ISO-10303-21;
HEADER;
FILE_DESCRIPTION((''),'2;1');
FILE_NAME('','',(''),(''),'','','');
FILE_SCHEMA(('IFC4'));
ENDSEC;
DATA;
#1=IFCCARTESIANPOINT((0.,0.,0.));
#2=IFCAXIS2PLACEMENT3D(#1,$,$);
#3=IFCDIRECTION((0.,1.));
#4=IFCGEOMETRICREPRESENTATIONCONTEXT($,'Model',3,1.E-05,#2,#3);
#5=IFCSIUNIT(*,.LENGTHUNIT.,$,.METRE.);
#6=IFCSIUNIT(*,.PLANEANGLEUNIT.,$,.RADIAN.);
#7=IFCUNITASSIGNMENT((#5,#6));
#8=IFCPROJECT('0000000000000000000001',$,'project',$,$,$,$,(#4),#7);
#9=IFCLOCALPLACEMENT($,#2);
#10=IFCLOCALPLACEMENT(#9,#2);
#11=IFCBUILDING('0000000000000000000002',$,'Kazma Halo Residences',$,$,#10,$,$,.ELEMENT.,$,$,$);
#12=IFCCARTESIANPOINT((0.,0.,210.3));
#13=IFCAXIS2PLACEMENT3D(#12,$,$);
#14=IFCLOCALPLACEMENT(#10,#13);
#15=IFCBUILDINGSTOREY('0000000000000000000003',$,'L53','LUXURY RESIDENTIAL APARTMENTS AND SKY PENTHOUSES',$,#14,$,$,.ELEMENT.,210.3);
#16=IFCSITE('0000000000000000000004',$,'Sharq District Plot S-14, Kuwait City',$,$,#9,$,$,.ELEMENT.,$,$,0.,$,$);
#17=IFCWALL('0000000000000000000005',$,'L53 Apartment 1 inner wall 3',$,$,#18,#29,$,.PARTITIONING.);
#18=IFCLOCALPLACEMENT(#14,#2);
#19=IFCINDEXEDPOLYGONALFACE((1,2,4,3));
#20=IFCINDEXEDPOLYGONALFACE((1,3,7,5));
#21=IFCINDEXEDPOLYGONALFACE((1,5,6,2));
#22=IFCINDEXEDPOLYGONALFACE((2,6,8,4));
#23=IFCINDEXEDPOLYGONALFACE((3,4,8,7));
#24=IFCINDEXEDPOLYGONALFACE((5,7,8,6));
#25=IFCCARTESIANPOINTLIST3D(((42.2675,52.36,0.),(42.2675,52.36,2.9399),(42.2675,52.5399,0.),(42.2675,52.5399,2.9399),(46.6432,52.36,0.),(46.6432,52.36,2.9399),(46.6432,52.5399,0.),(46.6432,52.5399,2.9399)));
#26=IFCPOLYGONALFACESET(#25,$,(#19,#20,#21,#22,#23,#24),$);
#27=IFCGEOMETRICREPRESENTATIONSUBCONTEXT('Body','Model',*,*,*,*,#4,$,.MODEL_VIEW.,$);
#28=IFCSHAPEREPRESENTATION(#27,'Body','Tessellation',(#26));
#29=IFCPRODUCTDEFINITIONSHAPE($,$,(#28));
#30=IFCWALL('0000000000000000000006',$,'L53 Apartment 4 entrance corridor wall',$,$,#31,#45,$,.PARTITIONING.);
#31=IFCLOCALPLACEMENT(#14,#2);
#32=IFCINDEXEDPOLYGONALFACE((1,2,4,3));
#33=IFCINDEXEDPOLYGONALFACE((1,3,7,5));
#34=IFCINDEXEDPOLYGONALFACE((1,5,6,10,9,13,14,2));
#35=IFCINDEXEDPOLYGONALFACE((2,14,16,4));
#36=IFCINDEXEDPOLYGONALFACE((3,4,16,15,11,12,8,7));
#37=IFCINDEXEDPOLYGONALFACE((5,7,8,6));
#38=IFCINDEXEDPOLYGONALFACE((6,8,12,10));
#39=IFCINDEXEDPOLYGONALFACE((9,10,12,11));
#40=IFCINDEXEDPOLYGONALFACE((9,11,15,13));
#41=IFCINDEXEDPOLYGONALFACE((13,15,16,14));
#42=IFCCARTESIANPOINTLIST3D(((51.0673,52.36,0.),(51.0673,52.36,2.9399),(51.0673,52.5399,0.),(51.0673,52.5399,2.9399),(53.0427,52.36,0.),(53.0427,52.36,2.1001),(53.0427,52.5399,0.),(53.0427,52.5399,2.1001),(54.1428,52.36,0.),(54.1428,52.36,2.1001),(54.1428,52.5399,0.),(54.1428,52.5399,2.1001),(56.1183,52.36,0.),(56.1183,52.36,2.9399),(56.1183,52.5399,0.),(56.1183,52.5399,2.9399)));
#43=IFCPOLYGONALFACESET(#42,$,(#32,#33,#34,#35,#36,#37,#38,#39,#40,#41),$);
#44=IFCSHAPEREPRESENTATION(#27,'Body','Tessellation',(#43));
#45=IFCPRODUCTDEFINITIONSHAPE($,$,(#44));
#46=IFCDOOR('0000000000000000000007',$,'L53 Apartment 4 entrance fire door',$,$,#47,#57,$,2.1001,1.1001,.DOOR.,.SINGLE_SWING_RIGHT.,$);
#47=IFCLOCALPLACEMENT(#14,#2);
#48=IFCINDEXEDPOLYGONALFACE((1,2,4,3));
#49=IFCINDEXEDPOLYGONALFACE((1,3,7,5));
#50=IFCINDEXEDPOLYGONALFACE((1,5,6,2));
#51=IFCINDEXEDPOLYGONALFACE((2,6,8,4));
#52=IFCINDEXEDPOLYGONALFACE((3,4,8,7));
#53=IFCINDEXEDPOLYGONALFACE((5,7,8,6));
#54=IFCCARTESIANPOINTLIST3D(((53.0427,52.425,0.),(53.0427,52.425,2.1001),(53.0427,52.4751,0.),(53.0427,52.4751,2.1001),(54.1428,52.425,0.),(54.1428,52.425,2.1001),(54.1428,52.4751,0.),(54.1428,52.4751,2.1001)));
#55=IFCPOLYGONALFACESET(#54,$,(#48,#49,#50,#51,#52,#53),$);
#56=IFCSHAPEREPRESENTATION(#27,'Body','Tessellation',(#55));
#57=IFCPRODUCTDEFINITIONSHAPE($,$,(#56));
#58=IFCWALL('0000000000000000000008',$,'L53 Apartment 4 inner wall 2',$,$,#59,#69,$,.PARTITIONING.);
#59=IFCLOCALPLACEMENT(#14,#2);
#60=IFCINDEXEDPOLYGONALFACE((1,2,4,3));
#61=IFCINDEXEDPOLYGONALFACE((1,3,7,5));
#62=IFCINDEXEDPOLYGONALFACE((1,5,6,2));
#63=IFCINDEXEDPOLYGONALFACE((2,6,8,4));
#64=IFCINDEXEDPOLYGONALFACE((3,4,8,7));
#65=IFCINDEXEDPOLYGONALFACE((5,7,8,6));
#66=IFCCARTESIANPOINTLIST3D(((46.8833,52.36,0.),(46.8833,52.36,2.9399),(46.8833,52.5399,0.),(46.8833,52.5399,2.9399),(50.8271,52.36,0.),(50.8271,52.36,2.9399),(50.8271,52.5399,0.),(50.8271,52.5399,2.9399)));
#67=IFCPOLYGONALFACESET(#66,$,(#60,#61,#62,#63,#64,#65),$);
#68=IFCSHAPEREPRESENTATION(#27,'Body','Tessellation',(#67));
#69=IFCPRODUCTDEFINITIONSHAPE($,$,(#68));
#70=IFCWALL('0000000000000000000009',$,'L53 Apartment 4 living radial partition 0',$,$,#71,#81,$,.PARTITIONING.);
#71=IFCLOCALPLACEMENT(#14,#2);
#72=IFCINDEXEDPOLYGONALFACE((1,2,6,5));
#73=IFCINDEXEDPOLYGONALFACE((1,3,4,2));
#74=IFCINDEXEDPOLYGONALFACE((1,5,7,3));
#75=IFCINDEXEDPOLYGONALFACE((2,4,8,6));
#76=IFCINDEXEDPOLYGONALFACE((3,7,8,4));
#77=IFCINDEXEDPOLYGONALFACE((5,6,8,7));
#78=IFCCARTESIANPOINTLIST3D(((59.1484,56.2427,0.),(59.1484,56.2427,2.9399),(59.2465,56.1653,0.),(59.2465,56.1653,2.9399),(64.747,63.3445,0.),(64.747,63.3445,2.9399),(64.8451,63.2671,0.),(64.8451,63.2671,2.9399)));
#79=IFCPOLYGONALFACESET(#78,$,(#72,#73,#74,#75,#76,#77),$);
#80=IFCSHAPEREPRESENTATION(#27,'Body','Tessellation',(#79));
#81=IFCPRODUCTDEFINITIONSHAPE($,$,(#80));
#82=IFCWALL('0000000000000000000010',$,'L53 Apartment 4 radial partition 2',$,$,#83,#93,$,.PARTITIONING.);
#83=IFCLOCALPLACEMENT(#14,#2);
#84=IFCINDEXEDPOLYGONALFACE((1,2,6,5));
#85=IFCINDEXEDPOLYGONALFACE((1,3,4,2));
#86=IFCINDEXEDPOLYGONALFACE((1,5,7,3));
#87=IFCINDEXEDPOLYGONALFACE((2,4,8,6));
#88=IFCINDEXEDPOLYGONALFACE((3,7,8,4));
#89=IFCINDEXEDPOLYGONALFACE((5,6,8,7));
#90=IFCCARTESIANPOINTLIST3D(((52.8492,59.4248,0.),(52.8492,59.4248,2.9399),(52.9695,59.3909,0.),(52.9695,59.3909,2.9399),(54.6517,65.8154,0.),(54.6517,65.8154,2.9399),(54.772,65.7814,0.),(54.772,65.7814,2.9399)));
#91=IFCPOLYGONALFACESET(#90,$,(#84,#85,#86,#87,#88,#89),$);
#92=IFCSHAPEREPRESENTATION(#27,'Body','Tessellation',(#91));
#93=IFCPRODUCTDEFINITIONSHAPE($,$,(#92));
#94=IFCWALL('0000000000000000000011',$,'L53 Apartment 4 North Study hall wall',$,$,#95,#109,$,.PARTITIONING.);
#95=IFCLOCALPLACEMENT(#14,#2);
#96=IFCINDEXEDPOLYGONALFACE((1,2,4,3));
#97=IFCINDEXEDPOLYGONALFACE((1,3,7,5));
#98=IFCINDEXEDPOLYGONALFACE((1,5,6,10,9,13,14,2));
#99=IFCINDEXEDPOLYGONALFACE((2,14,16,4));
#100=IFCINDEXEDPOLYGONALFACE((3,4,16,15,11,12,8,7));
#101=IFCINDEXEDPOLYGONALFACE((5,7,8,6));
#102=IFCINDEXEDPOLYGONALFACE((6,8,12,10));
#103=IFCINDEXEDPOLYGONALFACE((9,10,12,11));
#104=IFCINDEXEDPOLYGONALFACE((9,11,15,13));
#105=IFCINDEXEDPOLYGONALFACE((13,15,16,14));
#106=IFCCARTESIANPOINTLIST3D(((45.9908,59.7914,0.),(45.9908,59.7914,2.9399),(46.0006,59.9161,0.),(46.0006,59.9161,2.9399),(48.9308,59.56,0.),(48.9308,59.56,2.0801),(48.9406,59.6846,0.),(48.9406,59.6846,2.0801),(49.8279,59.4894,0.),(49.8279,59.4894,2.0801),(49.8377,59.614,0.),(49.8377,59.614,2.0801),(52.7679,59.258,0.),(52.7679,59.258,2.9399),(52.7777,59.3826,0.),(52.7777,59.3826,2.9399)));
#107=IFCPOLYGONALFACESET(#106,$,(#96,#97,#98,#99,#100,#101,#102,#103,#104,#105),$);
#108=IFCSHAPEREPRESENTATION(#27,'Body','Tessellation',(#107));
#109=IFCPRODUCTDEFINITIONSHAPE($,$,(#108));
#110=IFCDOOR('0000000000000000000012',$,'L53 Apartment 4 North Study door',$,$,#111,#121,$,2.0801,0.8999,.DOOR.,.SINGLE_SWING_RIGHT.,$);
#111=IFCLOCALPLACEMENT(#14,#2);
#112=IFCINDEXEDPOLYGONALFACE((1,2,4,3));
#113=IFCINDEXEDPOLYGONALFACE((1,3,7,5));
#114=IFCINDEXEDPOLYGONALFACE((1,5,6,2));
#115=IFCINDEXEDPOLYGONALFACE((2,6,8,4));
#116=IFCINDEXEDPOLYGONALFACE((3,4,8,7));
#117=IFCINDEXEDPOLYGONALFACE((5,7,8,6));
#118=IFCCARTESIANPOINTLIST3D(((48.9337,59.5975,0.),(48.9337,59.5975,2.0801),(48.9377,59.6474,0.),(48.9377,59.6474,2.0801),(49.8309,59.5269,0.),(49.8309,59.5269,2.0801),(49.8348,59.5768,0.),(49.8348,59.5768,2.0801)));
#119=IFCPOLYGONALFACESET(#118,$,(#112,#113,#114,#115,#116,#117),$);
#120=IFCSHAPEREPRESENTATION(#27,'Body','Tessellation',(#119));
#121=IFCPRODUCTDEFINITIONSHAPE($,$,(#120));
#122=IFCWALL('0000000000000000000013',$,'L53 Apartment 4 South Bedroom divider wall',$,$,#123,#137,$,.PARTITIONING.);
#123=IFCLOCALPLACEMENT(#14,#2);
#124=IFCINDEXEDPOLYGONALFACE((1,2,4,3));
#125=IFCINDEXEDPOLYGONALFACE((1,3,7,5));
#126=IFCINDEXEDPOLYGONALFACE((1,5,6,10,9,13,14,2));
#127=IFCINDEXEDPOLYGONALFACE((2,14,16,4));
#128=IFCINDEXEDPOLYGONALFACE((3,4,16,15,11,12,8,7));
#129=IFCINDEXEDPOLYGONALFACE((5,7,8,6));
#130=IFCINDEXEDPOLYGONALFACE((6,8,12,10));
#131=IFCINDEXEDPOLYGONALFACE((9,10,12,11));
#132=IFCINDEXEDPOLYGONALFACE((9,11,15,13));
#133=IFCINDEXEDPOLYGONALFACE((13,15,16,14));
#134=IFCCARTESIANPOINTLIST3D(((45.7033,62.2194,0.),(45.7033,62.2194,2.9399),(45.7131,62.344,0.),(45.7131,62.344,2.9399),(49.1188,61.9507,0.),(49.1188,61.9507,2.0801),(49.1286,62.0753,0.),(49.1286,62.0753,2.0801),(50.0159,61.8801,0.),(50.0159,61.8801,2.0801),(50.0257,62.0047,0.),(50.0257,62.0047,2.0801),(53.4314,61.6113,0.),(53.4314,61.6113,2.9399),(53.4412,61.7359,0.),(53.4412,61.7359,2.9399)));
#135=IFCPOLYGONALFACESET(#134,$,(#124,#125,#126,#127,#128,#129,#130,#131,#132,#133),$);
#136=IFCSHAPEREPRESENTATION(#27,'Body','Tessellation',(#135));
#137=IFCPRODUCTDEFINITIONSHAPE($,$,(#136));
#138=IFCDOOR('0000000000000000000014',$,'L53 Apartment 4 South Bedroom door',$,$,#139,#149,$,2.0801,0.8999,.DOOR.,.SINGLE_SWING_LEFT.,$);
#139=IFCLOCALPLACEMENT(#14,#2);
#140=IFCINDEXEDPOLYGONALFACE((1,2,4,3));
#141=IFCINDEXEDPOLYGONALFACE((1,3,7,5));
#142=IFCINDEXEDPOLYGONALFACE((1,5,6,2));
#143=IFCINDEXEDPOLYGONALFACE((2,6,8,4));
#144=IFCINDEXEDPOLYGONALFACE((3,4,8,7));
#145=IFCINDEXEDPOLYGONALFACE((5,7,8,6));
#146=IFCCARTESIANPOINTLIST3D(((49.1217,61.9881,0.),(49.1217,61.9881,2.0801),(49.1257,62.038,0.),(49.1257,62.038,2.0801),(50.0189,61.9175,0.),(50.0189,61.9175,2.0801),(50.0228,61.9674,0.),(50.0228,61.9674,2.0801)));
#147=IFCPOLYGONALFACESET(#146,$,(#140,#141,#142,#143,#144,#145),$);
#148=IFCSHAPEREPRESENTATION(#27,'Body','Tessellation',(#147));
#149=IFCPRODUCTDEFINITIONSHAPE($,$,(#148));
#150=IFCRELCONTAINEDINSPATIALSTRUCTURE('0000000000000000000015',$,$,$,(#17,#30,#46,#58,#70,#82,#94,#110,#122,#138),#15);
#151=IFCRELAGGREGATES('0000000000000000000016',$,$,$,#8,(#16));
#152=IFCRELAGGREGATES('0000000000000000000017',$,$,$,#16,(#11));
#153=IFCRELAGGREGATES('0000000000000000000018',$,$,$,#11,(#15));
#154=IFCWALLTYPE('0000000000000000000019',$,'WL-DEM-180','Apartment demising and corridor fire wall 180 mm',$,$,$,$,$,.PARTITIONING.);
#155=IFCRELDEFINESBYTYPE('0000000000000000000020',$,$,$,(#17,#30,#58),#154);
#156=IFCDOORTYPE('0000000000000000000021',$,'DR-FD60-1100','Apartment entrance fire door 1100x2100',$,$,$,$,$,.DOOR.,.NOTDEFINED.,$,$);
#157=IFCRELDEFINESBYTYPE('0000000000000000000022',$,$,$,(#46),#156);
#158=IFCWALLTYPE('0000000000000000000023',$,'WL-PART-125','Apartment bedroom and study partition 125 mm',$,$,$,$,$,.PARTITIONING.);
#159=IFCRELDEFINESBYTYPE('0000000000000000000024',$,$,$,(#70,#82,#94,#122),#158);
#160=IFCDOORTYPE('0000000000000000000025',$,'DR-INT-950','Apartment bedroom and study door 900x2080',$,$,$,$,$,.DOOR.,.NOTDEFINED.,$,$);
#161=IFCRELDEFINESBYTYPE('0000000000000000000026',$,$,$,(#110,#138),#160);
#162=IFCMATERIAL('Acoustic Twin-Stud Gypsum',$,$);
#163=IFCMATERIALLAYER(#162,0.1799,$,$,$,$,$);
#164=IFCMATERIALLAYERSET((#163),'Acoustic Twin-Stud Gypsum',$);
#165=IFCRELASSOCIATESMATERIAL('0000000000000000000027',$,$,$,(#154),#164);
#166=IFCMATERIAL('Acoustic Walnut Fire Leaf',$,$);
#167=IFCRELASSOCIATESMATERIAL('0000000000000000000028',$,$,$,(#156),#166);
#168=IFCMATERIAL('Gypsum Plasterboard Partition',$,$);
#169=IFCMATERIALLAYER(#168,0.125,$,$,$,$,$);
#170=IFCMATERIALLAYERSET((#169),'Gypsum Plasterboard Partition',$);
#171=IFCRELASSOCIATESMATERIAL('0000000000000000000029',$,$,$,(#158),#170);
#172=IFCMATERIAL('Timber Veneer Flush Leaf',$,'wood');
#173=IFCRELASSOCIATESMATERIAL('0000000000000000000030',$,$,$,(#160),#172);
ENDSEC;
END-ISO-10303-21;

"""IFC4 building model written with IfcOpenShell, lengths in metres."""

from ifc_helpers import new_model, si_unit, direction, frame, frame_2d, origin, place, context, subcontext, project, spatial, rectangle, extrude, material, layer, layer_set, type_object, element, fill, save


model = new_model("IFC4")

# Units and contexts
model_context = context("Model", 3, precision=1e-05, world=origin(), true_north=direction((0.0, 1.0)))
body_context = subcontext(model_context, "Body", "Model", "MODEL_VIEW")
ifc_project = project(units=[si_unit("LENGTHUNIT", "METRE"), si_unit("PLANEANGLEUNIT", "RADIAN")], contexts=[model_context])

# Site, building, storey
site_placement = place(None, origin())
site = spatial("IfcSite", under=ifc_project, at=site_placement, Name="Sharq District Plot S-14, Kuwait City", CompositionType="ELEMENT", RefElevation=0.0)
building_placement = place(site_placement, origin())
building = spatial("IfcBuilding", under=site, at=building_placement, Name="Kazma Halo Residences", CompositionType="ELEMENT")
storey_placement = place(building_placement, frame((0.0, 0.0, 210.3)))
storey = spatial("IfcBuildingStorey", under=building, at=storey_placement, Name="L53", Description="LUXURY RESIDENTIAL APARTMENTS AND SKY PENTHOUSES", CompositionType="ELEMENT", Elevation=210.3)

# Wall
ifc_material_1 = material(Name="Acoustic Twin-Stud Gypsum")
ifc_layer_1 = layer(ifc_material_1, 0.1799)
ifc_layer_set_1 = layer_set([ifc_layer_1], Name="Acoustic Twin-Stud Gypsum")
wall_type_1 = type_object("IfcWallType", Name="WL-DEM-180", Description="Apartment demising and corridor fire wall 180 mm", PredefinedType="PARTITIONING", material=ifc_layer_set_1)
wall_1_placement = place(storey_placement, frame((46.6433, 52.45, 0.0), z_axis=(0.0, 0.0, 1.0), x_axis=(-1.0, 0.0, 0.0)))
element("IfcWall", 1, at=wall_1_placement, inside=storey, type_object=wall_type_1, Name="L53 Apartment 1 inner wall 3", PredefinedType="PARTITIONING", context=body_context, shape_type="SweptSolid", body=[
    extrude(rectangle(XDim=4.3757, YDim=0.1799, at=frame_2d((2.188, 0.0))), origin(), (0.0, 0.0, 1.0), 2.9399),
])

# Wall, opening, door
wall_2_placement = place(storey_placement, frame((56.1182, 52.45, 0.0), z_axis=(0.0, 0.0, 1.0), x_axis=(-1.0, 0.0, 0.0)))
wall_2 = element("IfcWall", 2, at=wall_2_placement, inside=storey, type_object=wall_type_1, Name="L53 Apartment 4 entrance corridor wall", PredefinedType="PARTITIONING", context=body_context, shape_type="SweptSolid", body=[
    extrude(rectangle(XDim=5.051, YDim=0.1799, at=frame_2d((2.5254, 0.0))), origin(), (0.0, 0.0, 1.0), 2.9399),
])
opening_1_placement = place(wall_2_placement, frame((1.9753, 0.0, 0.0)))
opening_1 = element("IfcOpeningElement", 3, at=opening_1_placement, cuts=wall_2, PredefinedType="OPENING", context=body_context, shape_type="SweptSolid", body=[
    extrude(rectangle(XDim=1.1001, YDim=2.1001, at=frame_2d((0.55, 1.05))), frame((0.0, 0.0999, 0.0), z_axis=(0.0, -1.0, 0.0), x_axis=(1.0, 0.0, 0.0)), (0.0, 0.0, 1.0), 0.2),
])
ifc_material_2 = material(Name="Acoustic Walnut Fire Leaf")
door_type_1 = type_object("IfcDoorType", Name="DR-FD60-1100", Description="Apartment entrance fire door 1100x2100", OperationType="NOTDEFINED", PredefinedType="DOOR", material=ifc_material_2)
door_1_placement = place(opening_1_placement, origin())
door_1 = element("IfcDoor", 4, at=door_1_placement, inside=storey, type_object=door_type_1, Name="L53 Apartment 4 entrance fire door", OperationType="SINGLE_SWING_RIGHT", OverallHeight=2.1001, OverallWidth=1.1001, PredefinedType="DOOR", context=body_context, shape_type="SweptSolid", body=[
    extrude(rectangle(XDim=1.1001, YDim=2.1001, at=frame_2d((0.55, 1.05))), frame((0.0, 0.0249, 0.0), z_axis=(0.0, -1.0, 0.0), x_axis=(1.0, 0.0, 0.0)), (0.0, 0.0, 1.0), 0.05),
])
fill(opening_1, door_1)

# Walls
wall_3_placement = place(storey_placement, frame((50.8271, 52.45, 0.0), z_axis=(0.0, 0.0, 1.0), x_axis=(-1.0, 0.0, 0.0)))
element("IfcWall", 5, at=wall_3_placement, inside=storey, type_object=wall_type_1, Name="L53 Apartment 4 inner wall 2", PredefinedType="PARTITIONING", context=body_context, shape_type="SweptSolid", body=[
    extrude(rectangle(XDim=3.9438, YDim=0.1799, at=frame_2d((1.9719, 0.0))), origin(), (0.0, 0.0, 1.0), 2.9399),
])
ifc_material_3 = material(Name="Gypsum Plasterboard Partition")
ifc_layer_2 = layer(ifc_material_3, 0.125)
ifc_layer_set_2 = layer_set([ifc_layer_2], Name="Gypsum Plasterboard Partition")
wall_type_2 = type_object("IfcWallType", Name="WL-PART-125", Description="Apartment bedroom and study partition 125 mm", PredefinedType="PARTITIONING", material=ifc_layer_set_2)
wall_4_placement = place(storey_placement, frame((59.1975, 56.2041, 0.0), z_axis=(0.0, 0.0, 1.0), x_axis=(0.619095, 0.785316, 0.0)))
element("IfcWall", 6, at=wall_4_placement, inside=storey, type_object=wall_type_2, Name="L53 Apartment 4 living radial partition 0", PredefinedType="PARTITIONING", context=body_context, shape_type="SweptSolid", body=[
    extrude(rectangle(XDim=9.0432, YDim=0.125, at=frame_2d((4.5215, 0.0))), origin(), (0.0, 0.0, 1.0), 2.9399),
])
wall_5_placement = place(storey_placement, frame((52.9094, 59.408, 0.0), z_axis=(0.0, 0.0, 1.0), x_axis=(0.271461, 0.962449, 0.0)))
element("IfcWall", 7, at=wall_5_placement, inside=storey, type_object=wall_type_2, Name="L53 Apartment 4 radial partition 2", PredefinedType="PARTITIONING", context=body_context, shape_type="SweptSolid", body=[
    extrude(rectangle(XDim=6.6399, YDim=0.125, at=frame_2d((3.3198, 0.0))), origin(), (0.0, 0.0, 1.0), 2.9399),
])

# Walls, openings, doors
wall_6_placement = place(storey_placement, frame((52.7727, 59.3203, 0.0), z_axis=(0.0, 0.0, 1.0), x_axis=(-0.996916, 0.07847, 0.0)))
wall_6 = element("IfcWall", 8, at=wall_6_placement, inside=storey, type_object=wall_type_2, Name="L53 Apartment 4 North Study hall wall", PredefinedType="PARTITIONING", context=body_context, shape_type="SweptSolid", body=[
    extrude(rectangle(XDim=6.7981, YDim=0.125, at=frame_2d((3.3989, 0.0))), origin(), (0.0, 0.0, 1.0), 2.9399),
])
opening_2_placement = place(wall_6_placement, frame((2.949, 0.0, 0.0)))
opening_2 = element("IfcOpeningElement", 9, at=opening_2_placement, cuts=wall_6, PredefinedType="OPENING", context=body_context, shape_type="SweptSolid", body=[
    extrude(rectangle(XDim=0.8999, YDim=2.0801, at=frame_2d((0.45, 1.04))), frame((0.0, 0.0725, 0.0), z_axis=(0.0, -1.0, 0.0), x_axis=(1.0, 0.0, 0.0)), (0.0, 0.0, 1.0), 0.145),
])
ifc_material_4 = material(Name="Timber Veneer Flush Leaf", Category="wood")
door_type_2 = type_object("IfcDoorType", Name="DR-INT-950", Description="Apartment bedroom and study door 900x2080", OperationType="NOTDEFINED", PredefinedType="DOOR", material=ifc_material_4)
door_2_placement = place(opening_2_placement, origin())
door_2 = element("IfcDoor", 10, at=door_2_placement, inside=storey, type_object=door_type_2, Name="L53 Apartment 4 North Study door", OperationType="SINGLE_SWING_RIGHT", OverallHeight=2.0801, OverallWidth=0.8999, PredefinedType="DOOR", context=body_context, shape_type="SweptSolid", body=[
    extrude(rectangle(XDim=0.8999, YDim=2.0801, at=frame_2d((0.45, 1.04))), frame((0.0, 0.0249, 0.0), z_axis=(0.0, -1.0, 0.0), x_axis=(1.0, 0.0, 0.0)), (0.0, 0.0, 1.0), 0.05),
])
fill(opening_2, door_2)
wall_7_placement = place(storey_placement, frame((53.4363, 61.6736, 0.0), z_axis=(0.0, 0.0, 1.0), x_axis=(-0.996918, 0.078452, 0.0)))
wall_7 = element("IfcWall", 11, at=wall_7_placement, inside=storey, type_object=wall_type_2, Name="L53 Apartment 4 South Bedroom divider wall", PredefinedType="PARTITIONING", context=body_context, shape_type="SweptSolid", body=[
    extrude(rectangle(XDim=7.752, YDim=0.125, at=frame_2d((3.876, 0.0))), origin(), (0.0, 0.0, 1.0), 2.9399),
])
opening_3_placement = place(wall_7_placement, frame((3.426, 0.0, 0.0)))
opening_3 = element("IfcOpeningElement", 12, at=opening_3_placement, cuts=wall_7, PredefinedType="OPENING", context=body_context, shape_type="SweptSolid", body=[
    extrude(rectangle(XDim=0.8999, YDim=2.0801, at=frame_2d((0.45, 1.04))), frame((0.0, 0.0725, 0.0), z_axis=(0.0, -1.0, 0.0), x_axis=(1.0, 0.0, 0.0)), (0.0, 0.0, 1.0), 0.145),
])
door_3_placement = place(opening_3_placement, origin())
door_3 = element("IfcDoor", 13, at=door_3_placement, inside=storey, type_object=door_type_2, Name="L53 Apartment 4 South Bedroom door", OperationType="SINGLE_SWING_LEFT", OverallHeight=2.0801, OverallWidth=0.8999, PredefinedType="DOOR", context=body_context, shape_type="SweptSolid", body=[
    extrude(rectangle(XDim=0.8999, YDim=2.0801, at=frame_2d((0.45, 1.04))), frame((0.0, 0.0249, 0.0), z_axis=(0.0, -1.0, 0.0), x_axis=(1.0, 0.0, 0.0)), (0.0, 0.0, 1.0), 0.05),
])
fill(opening_3, door_3)

save(model, "model.ifc")
